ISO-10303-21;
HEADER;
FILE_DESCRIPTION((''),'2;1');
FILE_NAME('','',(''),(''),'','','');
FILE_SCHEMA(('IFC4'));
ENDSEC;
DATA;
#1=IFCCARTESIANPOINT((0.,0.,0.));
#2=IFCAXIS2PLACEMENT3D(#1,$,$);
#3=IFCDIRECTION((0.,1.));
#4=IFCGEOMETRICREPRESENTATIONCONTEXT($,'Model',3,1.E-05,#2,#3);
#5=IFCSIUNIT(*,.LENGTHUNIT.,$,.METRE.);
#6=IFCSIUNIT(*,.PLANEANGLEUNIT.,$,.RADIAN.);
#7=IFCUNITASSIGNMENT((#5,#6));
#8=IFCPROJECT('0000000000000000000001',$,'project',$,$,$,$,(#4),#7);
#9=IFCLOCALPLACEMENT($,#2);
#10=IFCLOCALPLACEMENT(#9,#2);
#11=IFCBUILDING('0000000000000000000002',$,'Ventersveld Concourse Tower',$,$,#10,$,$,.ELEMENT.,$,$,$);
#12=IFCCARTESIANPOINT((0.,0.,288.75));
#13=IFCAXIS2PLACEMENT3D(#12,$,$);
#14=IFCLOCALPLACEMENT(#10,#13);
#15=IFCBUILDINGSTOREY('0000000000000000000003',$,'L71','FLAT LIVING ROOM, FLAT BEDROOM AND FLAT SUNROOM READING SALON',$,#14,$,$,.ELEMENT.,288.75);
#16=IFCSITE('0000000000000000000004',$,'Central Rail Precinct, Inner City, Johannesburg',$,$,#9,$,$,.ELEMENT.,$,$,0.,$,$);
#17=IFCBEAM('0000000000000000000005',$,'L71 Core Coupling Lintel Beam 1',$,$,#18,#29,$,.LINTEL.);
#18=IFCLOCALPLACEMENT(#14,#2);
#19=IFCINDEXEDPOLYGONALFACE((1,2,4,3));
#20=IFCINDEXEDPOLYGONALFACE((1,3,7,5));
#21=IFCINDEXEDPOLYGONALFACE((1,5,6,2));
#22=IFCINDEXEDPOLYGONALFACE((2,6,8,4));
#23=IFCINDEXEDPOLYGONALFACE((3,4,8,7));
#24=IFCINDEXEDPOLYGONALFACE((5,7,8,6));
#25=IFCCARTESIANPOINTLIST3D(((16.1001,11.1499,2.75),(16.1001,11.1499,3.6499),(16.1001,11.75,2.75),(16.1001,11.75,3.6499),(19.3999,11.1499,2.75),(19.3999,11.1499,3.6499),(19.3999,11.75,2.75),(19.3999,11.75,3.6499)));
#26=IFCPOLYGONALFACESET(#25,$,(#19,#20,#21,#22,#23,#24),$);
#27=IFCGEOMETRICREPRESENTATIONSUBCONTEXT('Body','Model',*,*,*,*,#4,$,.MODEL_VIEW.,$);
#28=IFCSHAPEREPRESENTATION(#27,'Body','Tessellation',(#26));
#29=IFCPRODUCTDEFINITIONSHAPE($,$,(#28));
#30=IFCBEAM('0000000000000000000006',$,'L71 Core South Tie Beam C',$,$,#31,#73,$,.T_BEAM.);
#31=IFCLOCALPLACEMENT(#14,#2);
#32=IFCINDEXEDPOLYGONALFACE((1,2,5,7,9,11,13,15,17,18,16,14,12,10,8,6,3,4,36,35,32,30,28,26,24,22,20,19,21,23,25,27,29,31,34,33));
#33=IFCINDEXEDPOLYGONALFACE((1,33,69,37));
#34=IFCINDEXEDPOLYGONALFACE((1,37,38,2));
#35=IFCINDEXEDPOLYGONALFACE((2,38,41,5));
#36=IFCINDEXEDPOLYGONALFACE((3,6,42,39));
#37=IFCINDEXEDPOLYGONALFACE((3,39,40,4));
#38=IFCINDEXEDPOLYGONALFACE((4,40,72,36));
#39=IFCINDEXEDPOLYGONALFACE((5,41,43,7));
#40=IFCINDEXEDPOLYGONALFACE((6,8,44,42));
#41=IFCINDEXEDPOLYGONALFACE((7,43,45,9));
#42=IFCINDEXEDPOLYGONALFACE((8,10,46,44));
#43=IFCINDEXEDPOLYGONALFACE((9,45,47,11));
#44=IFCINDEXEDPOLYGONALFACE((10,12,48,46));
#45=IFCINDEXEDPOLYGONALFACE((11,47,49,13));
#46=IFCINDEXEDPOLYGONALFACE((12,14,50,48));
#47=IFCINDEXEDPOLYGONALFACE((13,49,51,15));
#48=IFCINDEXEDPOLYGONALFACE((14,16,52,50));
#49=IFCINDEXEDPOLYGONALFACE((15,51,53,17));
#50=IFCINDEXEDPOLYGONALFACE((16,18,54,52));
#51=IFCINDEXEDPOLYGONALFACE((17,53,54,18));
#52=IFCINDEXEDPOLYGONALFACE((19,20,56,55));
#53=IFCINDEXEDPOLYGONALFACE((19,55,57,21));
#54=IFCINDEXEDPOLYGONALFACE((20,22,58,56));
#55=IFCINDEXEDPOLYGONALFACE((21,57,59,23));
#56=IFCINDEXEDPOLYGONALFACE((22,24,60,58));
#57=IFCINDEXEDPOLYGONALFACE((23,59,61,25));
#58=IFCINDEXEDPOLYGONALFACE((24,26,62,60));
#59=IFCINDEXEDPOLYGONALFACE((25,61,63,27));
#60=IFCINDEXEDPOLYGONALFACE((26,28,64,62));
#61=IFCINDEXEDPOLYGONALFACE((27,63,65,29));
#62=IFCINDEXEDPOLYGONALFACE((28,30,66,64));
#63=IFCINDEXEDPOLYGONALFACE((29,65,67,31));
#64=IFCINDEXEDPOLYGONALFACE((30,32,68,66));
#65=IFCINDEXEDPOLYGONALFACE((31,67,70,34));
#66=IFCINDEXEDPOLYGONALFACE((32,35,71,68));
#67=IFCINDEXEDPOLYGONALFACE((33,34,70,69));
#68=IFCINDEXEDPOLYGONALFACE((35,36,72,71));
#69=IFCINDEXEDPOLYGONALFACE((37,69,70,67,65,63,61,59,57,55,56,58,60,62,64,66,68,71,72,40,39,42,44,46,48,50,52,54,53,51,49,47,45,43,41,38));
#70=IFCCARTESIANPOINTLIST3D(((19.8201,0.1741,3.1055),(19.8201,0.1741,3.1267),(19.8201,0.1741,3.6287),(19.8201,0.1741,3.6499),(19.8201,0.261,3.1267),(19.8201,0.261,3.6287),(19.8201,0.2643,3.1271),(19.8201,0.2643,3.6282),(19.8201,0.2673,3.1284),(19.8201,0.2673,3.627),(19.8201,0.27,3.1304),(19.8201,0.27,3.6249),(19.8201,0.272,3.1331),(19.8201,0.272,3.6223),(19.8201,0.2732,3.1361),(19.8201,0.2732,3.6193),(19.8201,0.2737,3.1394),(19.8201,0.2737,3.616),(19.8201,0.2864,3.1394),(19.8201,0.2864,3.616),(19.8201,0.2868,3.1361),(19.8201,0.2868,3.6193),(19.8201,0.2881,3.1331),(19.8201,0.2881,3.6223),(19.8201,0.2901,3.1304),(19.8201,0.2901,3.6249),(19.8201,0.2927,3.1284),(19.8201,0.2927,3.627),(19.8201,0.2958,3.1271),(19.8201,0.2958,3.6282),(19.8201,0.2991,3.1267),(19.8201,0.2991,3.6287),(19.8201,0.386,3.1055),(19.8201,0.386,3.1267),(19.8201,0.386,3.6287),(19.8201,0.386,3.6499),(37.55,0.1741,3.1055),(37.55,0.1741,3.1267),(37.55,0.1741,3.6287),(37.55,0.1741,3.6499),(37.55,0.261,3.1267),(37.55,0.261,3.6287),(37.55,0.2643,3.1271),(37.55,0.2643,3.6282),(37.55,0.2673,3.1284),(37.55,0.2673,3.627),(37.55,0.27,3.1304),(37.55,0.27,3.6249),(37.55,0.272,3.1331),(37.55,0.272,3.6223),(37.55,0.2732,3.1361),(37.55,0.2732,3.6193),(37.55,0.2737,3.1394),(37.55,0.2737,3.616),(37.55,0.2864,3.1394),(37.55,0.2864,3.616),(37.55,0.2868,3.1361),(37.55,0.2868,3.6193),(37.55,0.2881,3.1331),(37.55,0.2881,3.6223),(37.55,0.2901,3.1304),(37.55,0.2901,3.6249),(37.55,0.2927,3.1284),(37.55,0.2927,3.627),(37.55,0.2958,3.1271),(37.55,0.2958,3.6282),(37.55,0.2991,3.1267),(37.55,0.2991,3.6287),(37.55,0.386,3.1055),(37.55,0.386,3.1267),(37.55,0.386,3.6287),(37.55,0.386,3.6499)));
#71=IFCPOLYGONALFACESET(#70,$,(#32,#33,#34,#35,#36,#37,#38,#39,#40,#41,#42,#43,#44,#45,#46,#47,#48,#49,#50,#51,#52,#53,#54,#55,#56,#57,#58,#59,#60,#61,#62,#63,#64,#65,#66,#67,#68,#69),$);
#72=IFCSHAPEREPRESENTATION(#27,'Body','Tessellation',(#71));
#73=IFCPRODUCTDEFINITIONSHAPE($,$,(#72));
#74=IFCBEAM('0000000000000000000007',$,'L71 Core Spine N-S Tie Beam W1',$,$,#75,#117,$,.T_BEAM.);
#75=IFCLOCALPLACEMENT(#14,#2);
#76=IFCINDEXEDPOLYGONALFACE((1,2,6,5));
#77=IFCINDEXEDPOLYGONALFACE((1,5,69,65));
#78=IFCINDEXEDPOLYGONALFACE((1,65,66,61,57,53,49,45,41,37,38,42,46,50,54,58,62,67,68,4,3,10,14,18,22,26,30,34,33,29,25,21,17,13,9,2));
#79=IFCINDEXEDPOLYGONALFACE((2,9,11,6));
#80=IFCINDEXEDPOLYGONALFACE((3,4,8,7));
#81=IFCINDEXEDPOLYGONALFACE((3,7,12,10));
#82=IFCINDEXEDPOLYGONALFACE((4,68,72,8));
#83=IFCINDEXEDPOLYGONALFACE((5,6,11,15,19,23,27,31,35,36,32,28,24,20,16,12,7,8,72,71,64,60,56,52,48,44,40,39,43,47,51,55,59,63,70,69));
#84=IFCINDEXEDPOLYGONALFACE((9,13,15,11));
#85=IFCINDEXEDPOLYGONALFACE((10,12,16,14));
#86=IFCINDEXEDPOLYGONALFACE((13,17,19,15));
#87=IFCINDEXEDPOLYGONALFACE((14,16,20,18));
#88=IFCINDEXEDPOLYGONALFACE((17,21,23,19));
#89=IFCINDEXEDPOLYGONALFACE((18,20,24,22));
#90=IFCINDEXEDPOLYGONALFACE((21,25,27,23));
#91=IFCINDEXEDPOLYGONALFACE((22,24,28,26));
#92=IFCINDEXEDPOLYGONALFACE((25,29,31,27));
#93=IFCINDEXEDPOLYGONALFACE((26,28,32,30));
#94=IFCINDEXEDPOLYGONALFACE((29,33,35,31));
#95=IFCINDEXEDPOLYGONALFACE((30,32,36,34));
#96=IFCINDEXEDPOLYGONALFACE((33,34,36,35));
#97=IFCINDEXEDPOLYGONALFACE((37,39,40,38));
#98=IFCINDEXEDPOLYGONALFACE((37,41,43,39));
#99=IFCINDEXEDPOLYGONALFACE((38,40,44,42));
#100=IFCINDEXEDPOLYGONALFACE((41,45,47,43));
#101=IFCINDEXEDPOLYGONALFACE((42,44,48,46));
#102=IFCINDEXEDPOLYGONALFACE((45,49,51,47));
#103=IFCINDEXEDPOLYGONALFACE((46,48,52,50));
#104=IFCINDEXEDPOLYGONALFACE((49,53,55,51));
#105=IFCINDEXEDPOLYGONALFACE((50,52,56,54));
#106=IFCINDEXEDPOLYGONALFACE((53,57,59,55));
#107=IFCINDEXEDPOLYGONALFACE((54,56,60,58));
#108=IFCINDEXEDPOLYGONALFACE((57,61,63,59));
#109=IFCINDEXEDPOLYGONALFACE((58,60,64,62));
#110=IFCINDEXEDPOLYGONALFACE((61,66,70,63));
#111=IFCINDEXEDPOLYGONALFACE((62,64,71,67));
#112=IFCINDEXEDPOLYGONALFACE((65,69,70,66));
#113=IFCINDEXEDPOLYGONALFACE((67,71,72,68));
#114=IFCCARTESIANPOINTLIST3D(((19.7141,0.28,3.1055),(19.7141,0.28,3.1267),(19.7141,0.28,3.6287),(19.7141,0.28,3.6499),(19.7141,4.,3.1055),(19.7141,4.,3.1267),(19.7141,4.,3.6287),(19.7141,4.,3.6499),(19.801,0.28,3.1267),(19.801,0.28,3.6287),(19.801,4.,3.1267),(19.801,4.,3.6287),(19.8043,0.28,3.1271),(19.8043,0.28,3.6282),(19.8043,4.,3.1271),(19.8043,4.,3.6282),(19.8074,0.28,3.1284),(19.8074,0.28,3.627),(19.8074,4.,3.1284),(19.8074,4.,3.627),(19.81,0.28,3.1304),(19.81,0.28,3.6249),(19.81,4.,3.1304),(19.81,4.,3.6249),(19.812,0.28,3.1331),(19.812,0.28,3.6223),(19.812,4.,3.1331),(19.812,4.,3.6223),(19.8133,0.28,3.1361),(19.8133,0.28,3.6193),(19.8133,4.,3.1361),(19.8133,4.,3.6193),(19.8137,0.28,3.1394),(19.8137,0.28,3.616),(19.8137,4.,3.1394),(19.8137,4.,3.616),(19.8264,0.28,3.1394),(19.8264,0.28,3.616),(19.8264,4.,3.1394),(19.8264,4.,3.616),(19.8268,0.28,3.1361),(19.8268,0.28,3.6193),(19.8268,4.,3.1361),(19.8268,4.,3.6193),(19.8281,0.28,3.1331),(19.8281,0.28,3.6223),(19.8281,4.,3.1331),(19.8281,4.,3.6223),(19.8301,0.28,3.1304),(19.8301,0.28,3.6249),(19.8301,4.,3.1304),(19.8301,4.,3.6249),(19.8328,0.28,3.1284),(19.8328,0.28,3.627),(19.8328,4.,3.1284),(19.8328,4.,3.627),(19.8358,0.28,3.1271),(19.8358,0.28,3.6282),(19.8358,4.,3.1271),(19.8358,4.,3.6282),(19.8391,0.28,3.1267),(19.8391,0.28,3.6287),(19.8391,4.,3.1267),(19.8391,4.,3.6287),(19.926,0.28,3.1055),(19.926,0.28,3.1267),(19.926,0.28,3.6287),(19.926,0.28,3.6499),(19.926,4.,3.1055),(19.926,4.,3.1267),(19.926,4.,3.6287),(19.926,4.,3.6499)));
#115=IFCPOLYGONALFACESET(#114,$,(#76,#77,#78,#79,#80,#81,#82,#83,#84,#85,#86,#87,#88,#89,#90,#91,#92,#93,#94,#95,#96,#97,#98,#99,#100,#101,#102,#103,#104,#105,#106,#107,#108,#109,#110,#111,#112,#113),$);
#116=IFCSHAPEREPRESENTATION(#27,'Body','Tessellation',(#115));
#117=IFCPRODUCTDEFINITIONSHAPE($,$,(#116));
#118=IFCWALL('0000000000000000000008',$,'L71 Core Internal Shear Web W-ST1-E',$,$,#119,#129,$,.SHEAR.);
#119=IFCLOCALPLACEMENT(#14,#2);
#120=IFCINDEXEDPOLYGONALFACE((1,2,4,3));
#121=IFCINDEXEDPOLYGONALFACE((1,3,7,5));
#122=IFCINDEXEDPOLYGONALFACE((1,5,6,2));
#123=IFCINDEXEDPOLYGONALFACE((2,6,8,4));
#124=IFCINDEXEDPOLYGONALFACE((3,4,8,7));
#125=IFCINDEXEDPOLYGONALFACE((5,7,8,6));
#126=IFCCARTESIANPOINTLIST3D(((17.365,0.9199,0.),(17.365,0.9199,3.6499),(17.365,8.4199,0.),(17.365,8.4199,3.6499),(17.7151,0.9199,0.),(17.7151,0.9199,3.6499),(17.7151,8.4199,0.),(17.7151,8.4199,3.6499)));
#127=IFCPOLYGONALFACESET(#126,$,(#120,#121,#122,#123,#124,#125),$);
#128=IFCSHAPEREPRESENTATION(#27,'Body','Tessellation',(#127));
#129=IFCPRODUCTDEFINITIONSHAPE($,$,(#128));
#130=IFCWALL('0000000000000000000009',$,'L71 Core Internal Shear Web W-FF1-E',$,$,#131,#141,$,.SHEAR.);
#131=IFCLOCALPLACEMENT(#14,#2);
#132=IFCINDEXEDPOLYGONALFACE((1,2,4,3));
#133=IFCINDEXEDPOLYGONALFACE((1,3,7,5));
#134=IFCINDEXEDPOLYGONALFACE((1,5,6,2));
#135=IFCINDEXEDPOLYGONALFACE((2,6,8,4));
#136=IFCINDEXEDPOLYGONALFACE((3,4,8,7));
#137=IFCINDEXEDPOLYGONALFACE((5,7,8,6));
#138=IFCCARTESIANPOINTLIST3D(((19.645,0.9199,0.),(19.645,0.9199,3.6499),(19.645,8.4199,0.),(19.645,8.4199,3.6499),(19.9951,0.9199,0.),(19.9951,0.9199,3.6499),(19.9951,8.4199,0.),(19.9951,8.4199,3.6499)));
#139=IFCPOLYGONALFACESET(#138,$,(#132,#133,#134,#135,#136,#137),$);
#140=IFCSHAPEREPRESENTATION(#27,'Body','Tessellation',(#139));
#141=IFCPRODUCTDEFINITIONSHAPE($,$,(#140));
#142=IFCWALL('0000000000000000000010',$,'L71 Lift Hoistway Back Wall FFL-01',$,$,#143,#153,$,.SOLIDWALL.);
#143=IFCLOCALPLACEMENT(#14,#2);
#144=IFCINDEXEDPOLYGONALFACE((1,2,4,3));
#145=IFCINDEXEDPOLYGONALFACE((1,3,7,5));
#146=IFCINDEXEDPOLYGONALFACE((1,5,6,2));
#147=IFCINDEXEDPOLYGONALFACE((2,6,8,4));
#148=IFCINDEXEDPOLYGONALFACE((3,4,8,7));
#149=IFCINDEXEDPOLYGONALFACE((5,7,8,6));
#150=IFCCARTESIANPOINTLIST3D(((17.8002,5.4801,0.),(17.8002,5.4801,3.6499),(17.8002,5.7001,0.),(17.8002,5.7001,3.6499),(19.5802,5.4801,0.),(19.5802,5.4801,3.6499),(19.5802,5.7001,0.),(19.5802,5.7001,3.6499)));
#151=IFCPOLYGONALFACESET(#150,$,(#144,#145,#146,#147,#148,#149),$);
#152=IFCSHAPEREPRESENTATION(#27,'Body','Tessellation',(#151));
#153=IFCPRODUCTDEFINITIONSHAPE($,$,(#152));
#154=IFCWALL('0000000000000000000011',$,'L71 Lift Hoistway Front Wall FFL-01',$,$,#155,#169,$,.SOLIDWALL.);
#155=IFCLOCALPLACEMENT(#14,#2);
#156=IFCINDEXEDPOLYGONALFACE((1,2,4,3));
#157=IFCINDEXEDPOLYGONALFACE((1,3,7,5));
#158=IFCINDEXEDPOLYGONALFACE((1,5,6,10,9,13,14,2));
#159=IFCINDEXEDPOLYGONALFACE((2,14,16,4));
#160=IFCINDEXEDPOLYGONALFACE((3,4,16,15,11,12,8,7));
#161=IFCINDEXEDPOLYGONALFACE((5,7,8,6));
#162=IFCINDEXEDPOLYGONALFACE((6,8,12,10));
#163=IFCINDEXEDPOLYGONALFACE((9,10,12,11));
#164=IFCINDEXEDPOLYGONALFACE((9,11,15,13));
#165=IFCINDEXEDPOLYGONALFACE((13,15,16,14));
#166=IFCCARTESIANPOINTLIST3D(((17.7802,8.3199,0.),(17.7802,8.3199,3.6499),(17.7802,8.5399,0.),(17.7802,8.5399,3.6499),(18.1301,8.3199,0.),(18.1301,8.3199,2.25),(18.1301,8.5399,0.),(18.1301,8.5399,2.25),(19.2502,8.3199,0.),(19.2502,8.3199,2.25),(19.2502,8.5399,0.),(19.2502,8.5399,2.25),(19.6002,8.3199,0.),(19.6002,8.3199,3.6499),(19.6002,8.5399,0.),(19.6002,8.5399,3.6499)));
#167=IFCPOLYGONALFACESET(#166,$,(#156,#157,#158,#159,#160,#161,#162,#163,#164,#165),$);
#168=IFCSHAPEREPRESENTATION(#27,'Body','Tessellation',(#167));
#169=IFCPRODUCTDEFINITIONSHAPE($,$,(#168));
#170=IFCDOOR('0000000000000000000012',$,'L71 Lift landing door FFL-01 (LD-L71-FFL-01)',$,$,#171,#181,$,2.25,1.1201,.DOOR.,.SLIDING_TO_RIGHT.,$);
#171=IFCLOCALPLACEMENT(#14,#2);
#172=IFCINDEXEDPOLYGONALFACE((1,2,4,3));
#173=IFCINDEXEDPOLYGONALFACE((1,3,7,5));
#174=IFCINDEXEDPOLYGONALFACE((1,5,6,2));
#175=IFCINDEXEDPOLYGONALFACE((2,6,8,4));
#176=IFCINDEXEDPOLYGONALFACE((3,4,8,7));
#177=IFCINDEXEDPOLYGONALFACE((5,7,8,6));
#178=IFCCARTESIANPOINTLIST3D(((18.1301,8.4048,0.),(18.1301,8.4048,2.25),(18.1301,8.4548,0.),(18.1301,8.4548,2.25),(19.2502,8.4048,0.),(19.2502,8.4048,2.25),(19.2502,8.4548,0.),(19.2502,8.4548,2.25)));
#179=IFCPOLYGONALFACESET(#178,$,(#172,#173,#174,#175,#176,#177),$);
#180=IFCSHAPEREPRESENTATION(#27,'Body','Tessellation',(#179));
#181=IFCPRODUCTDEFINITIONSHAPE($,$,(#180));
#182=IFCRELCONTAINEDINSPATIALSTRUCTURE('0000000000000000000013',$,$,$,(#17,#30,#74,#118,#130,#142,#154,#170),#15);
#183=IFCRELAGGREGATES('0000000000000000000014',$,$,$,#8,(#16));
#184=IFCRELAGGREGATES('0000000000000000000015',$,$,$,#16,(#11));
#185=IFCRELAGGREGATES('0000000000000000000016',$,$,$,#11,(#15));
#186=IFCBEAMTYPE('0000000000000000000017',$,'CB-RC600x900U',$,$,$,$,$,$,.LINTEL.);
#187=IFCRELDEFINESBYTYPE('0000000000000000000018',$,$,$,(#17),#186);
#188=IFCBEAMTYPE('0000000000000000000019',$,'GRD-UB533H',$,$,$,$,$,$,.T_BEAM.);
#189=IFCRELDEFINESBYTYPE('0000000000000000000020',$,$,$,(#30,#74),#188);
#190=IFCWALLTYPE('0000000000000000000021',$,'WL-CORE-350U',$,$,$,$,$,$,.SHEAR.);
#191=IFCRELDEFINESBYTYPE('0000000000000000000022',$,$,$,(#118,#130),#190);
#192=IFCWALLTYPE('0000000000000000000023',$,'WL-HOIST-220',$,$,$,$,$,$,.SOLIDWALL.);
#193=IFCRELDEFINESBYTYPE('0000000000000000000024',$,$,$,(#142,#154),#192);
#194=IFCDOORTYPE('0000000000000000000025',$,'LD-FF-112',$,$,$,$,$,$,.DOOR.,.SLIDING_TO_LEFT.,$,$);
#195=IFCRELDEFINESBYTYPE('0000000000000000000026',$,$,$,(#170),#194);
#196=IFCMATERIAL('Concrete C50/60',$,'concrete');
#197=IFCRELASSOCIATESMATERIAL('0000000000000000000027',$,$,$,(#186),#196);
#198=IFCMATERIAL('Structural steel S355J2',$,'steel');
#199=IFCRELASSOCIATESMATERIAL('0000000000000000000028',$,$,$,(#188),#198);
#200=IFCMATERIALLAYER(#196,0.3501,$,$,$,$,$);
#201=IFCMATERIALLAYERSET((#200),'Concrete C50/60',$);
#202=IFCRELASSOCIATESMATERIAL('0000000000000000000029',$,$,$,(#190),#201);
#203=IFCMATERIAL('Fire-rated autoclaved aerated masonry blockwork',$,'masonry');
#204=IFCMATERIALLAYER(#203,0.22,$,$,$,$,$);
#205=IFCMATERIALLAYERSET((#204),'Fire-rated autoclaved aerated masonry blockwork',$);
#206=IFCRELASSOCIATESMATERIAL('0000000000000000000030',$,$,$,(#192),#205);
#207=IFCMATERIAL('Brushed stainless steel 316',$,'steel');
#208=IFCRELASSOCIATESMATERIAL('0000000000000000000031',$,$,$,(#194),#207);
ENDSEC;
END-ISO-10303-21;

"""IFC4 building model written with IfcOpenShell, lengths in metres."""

from ifc_helpers import new_model, si_unit, direction, frame, frame_2d, origin, origin_2d, place, context, subcontext, project, spatial, rectangle, i_section, extrude, material, layer, layer_set, material_profile, profile_set, type_object, element, fill, save


model = new_model("IFC4")

# Units and contexts
model_context = context("Model", 3, precision=1e-05, world=origin(), true_north=direction((0.0, 1.0)))
body_context = subcontext(model_context, "Body", "Model", "MODEL_VIEW")
ifc_project = project(units=[si_unit("LENGTHUNIT", "METRE"), si_unit("PLANEANGLEUNIT", "RADIAN")], contexts=[model_context])

# Site, building, storey
site_placement = place(None, origin())
site = spatial("IfcSite", under=ifc_project, at=site_placement, Name="Central Rail Precinct, Inner City, Johannesburg", CompositionType="ELEMENT", RefElevation=0.0)
building_placement = place(site_placement, origin())
building = spatial("IfcBuilding", under=site, at=building_placement, Name="Ventersveld Concourse Tower", CompositionType="ELEMENT")
storey_placement = place(building_placement, frame((0.0, 0.0, 288.75)))
storey = spatial("IfcBuildingStorey", under=building, at=storey_placement, Name="L71", Description="FLAT LIVING ROOM, FLAT BEDROOM AND FLAT SUNROOM READING SALON", CompositionType="ELEMENT", Elevation=288.75)

# Beams
ifc_material_1 = material(Name="Concrete C50/60", Category="concrete")
ifc_material_profile_1 = material_profile(ifc_material_1, rectangle(XDim=0.6001, YDim=0.8999, at=origin_2d()), Name="RC 600x900")
ifc_profile_set_1 = profile_set([ifc_material_profile_1], Name="Concrete C50/60")
beam_type_1 = type_object("IfcBeamType", Name="CB-RC600x900U", PredefinedType="LINTEL", material=ifc_profile_set_1)
beam_1_placement = place(storey_placement, frame((16.1001, 11.45, 3.2), z_axis=(1.0, 0.0, 0.0), x_axis=(0.0, 1.0, 0.0)))
element("IfcBeam", 1, at=beam_1_placement, inside=storey, type_object=beam_type_1, Name="L71 Core Coupling Lintel Beam 1", PredefinedType="LINTEL", context=body_context, shape_type="SweptSolid", body=[
    extrude(rectangle(XDim=0.6001, YDim=0.8999, at=origin_2d()), origin(), (0.0, 0.0, 1.0), 3.2998),
])
ifc_material_2 = material(Name="Structural steel S355J2", Category="steel")
ifc_material_profile_2 = material_profile(ifc_material_2, i_section(OverallWidth=0.2119, OverallDepth=0.5444, WebThickness=0.0127, FlangeThickness=0.0212, FilletRadius=0.0127, at=origin_2d()), Name="UB 533x210x122")
ifc_profile_set_2 = profile_set([ifc_material_profile_2], Name="Structural steel S355J2")
beam_type_2 = type_object("IfcBeamType", Name="GRD-UB533H", PredefinedType="T_BEAM", material=ifc_profile_set_2)
beam_2_placement = place(storey_placement, frame((19.8201, 0.28, 3.3777), z_axis=(1.0, 0.0, 0.0), x_axis=(0.0, 1.0, 0.0)))
element("IfcBeam", 2, at=beam_2_placement, inside=storey, type_object=beam_type_2, Name="L71 Core South Tie Beam C", PredefinedType="T_BEAM", context=body_context, shape_type="SweptSolid", body=[
    extrude(i_section(OverallWidth=0.2119, OverallDepth=0.5444, WebThickness=0.0127, FlangeThickness=0.0212, FilletRadius=0.0127, at=origin_2d()), origin(), (0.0, 0.0, 1.0), 17.73),
])
beam_3_placement = place(storey_placement, frame((19.8201, 0.28, 3.3777), z_axis=(0.0, 1.0, 0.0), x_axis=(-1.0, 0.0, 0.0)))
element("IfcBeam", 3, at=beam_3_placement, inside=storey, type_object=beam_type_2, Name="L71 Core Spine N-S Tie Beam W1", PredefinedType="T_BEAM", context=body_context, shape_type="SweptSolid", body=[
    extrude(i_section(OverallWidth=0.2119, OverallDepth=0.5444, WebThickness=0.0127, FlangeThickness=0.0212, FilletRadius=0.0127, at=origin_2d()), origin(), (0.0, 0.0, 1.0), 3.72),
])

# Walls
ifc_layer_1 = layer(ifc_material_1, 0.3501)
ifc_layer_set_1 = layer_set([ifc_layer_1], Name="Concrete C50/60")
wall_type_1 = type_object("IfcWallType", Name="WL-CORE-350U", PredefinedType="SHEAR", material=ifc_layer_set_1)
for number, where, z_axis, x_axis, name in (
    (4, (17.54, 0.9199, 0.0), (0.0, 0.0, 1.0), (0.0, 1.0, 0.0), "L71 Core Internal Shear Web W-ST1-E"),
    (5, (19.8201, 0.9199, 0.0), (0.0, 0.0, 1.0), (0.0, 1.0, 0.0), "L71 Core Internal Shear Web W-FF1-E"),
):
    element("IfcWall", number, at=place(storey_placement, frame(where, z_axis=z_axis, x_axis=x_axis)), inside=storey, type_object=wall_type_1, Name=name, PredefinedType="SHEAR", context=body_context, shape_type="SweptSolid", body=[
        extrude(rectangle(XDim=7.5, YDim=0.3501, at=frame_2d((3.75, 0.0))), origin(), (0.0, 0.0, 1.0), 3.6499),
    ])
ifc_material_3 = material(Name="Fire-rated autoclaved aerated masonry blockwork", Category="masonry")
ifc_layer_2 = layer(ifc_material_3, 0.22)
ifc_layer_set_2 = layer_set([ifc_layer_2], Name="Fire-rated autoclaved aerated masonry blockwork")
wall_type_2 = type_object("IfcWallType", Name="WL-HOIST-220", PredefinedType="SOLIDWALL", material=ifc_layer_set_2)
wall_1_placement = place(storey_placement, frame((17.8, 5.5901, 0.0), z_axis=(0.0, 0.0, 1.0), x_axis=(1.0, 0.0, 0.0)))
element("IfcWall", 6, at=wall_1_placement, inside=storey, type_object=wall_type_2, Name="L71 Lift Hoistway Back Wall FFL-01", PredefinedType="SOLIDWALL", context=body_context, shape_type="SweptSolid", body=[
    extrude(rectangle(XDim=1.78, YDim=0.22, at=frame_2d((0.8901, 0.0))), origin(), (0.0, 0.0, 1.0), 3.6499),
])

# Wall, opening, door
wall_2_placement = place(storey_placement, frame((17.78, 8.4299, 0.0), z_axis=(0.0, 0.0, 1.0), x_axis=(1.0, 0.0, 0.0)))
wall_2 = element("IfcWall", 7, at=wall_2_placement, inside=storey, type_object=wall_type_2, Name="L71 Lift Hoistway Front Wall FFL-01", PredefinedType="SOLIDWALL", context=body_context, shape_type="SweptSolid", body=[
    extrude(rectangle(XDim=1.8201, YDim=0.22, at=frame_2d((0.9102, 0.0))), origin(), (0.0, 0.0, 1.0), 3.6499),
])
opening_1_placement = place(wall_2_placement, frame((0.3501, 0.0, 0.0)))
opening_1 = element("IfcOpeningElement", 8, at=opening_1_placement, cuts=wall_2, PredefinedType="OPENING", context=body_context, shape_type="SweptSolid", body=[
    extrude(rectangle(XDim=1.1201, YDim=2.25, at=frame_2d((0.5601, 1.125))), frame((0.0, 0.1201, 0.0), z_axis=(0.0, -1.0, 0.0), x_axis=(1.0, 0.0, 0.0)), (0.0, 0.0, 1.0), 0.24),
])
ifc_material_4 = material(Name="Brushed stainless steel 316", Category="steel")
door_type_1 = type_object("IfcDoorType", Name="LD-FF-112", OperationType="SLIDING_TO_LEFT", PredefinedType="DOOR", material=ifc_material_4)
door_1_placement = place(opening_1_placement, origin())
door_1 = element("IfcDoor", 9, at=door_1_placement, inside=storey, type_object=door_type_1, Name="L71 Lift landing door FFL-01 (LD-L71-FFL-01)", OperationType="SLIDING_TO_RIGHT", OverallHeight=2.25, OverallWidth=1.1201, PredefinedType="DOOR", context=body_context, shape_type="SweptSolid", body=[
    extrude(rectangle(XDim=1.1201, YDim=2.25, at=frame_2d((0.5601, 1.125))), frame((0.0, 0.0249, 0.0), z_axis=(0.0, -1.0, 0.0), x_axis=(1.0, 0.0, 0.0)), (0.0, 0.0, 1.0), 0.05),
])
fill(opening_1, door_1)

save(model, "model.ifc")
